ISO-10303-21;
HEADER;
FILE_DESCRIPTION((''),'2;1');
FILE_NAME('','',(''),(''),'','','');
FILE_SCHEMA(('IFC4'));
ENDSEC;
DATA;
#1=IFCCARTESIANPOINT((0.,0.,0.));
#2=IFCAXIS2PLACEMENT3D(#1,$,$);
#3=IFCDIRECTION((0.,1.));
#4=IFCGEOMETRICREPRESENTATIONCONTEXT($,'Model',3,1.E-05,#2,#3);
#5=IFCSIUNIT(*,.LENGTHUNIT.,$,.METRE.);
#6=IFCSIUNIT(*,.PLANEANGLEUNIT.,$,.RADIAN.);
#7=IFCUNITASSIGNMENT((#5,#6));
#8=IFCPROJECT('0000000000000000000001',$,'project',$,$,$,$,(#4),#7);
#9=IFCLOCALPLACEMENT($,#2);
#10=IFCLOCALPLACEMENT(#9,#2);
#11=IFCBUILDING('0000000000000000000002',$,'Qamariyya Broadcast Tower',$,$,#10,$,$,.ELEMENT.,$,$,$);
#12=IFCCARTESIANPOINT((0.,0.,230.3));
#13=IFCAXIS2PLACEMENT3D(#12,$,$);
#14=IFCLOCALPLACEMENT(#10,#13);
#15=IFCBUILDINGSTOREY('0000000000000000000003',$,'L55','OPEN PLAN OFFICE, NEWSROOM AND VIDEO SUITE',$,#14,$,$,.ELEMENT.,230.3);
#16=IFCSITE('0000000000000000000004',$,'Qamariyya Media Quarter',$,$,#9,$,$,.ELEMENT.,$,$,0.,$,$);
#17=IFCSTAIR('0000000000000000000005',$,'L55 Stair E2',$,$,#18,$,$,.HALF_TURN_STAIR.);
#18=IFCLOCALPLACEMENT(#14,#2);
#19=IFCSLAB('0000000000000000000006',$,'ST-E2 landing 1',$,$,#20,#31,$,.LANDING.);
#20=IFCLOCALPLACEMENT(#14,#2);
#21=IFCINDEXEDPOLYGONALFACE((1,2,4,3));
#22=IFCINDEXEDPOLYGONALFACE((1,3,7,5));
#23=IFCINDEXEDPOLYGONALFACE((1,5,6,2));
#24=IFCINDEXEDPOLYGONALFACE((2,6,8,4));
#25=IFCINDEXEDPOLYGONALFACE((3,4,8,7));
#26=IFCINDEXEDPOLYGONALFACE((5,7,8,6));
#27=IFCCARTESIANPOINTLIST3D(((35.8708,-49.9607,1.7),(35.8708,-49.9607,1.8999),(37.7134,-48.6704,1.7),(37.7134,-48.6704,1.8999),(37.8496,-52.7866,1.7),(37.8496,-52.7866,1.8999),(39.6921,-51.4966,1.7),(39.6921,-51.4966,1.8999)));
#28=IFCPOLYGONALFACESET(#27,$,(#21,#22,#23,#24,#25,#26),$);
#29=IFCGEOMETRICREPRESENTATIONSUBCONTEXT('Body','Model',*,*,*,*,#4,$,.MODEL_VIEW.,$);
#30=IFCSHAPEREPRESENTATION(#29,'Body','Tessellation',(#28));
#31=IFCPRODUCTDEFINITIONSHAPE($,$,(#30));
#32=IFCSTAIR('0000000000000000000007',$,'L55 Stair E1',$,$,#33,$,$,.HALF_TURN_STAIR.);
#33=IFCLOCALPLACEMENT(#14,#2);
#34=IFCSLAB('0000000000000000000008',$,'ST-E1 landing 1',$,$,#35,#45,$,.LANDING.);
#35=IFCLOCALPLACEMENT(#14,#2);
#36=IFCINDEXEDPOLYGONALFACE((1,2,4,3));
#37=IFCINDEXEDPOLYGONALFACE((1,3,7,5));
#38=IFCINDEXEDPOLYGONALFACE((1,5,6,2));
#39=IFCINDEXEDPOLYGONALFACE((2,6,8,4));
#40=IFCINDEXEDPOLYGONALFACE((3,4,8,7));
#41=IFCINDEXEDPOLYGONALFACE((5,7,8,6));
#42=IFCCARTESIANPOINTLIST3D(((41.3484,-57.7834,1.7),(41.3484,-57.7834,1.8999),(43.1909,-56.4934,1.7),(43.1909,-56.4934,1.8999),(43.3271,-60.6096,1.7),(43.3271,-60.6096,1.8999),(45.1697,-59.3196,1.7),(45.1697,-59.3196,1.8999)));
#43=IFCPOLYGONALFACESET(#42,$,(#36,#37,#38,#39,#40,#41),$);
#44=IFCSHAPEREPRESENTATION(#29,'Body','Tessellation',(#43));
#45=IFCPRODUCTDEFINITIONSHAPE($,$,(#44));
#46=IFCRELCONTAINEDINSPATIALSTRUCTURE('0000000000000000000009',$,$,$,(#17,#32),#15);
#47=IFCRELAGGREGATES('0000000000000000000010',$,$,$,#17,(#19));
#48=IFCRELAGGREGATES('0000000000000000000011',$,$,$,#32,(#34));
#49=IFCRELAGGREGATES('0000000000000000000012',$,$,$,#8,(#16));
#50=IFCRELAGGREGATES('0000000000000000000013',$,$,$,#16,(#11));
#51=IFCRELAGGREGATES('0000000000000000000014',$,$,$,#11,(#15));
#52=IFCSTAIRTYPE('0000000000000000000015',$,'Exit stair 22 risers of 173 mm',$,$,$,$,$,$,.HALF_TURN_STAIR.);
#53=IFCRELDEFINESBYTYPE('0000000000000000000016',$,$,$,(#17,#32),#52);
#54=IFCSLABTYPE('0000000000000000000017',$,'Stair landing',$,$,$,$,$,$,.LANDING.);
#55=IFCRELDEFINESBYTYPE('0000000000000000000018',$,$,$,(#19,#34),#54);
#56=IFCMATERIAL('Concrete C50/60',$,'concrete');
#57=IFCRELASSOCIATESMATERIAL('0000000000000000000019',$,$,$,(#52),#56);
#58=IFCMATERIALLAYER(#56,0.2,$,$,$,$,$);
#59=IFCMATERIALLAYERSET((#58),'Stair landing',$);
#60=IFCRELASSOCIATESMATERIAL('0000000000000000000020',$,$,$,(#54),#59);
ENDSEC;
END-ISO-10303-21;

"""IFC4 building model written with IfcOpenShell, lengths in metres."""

from ifc_helpers import new_model, si_unit, direction, frame, origin, place, context, subcontext, project, spatial, polyline, outline, extrude, material, layer, layer_set, type_object, element, aggregate, save


model = new_model("IFC4")

# Units and contexts
model_context = context("Model", 3, precision=1e-05, world=origin(), true_north=direction((0.0, 1.0)))
body_context = subcontext(model_context, "Body", "Model", "MODEL_VIEW")
ifc_project = project(units=[si_unit("LENGTHUNIT", "METRE"), si_unit("PLANEANGLEUNIT", "RADIAN")], contexts=[model_context])

# Site, building, storey
site_placement = place(None, origin())
building_placement = place(site_placement, origin())
storey_placement = place(building_placement, frame((0.0, 0.0, 230.3)))
site = spatial("IfcSite", under=ifc_project, at=site_placement, Name="Qamariyya Media Quarter", CompositionType="ELEMENT", RefElevation=0.0)
building = spatial("IfcBuilding", under=site, at=building_placement, Name="Qamariyya Broadcast Tower", CompositionType="ELEMENT")
storey = spatial("IfcBuildingStorey", under=building, at=storey_placement, Name="L55", Description="OPEN PLAN OFFICE, NEWSROOM AND VIDEO SUITE", CompositionType="ELEMENT", Elevation=230.3)

# Stairs, slabs
ifc_material_1 = material(Name="Concrete C50/60", Category="concrete")
stair_type = type_object("IfcStairType", Name="Exit stair 22 risers of 173 mm", PredefinedType="HALF_TURN_STAIR", material=ifc_material_1)
stair_1_placement = place(storey_placement, origin())
stair_1 = element("IfcStair", 1, at=stair_1_placement, inside=storey, type_object=stair_type, Name="L55 Stair E2", PredefinedType="HALF_TURN_STAIR")
ifc_layer_1 = layer(ifc_material_1, 0.2)
ifc_layer_set_1 = layer_set([ifc_layer_1], Name="Stair landing")
slab_type_1 = type_object("IfcSlabType", Name="Stair landing", PredefinedType="LANDING", material=ifc_layer_set_1)
slab_1_placement = place(storey_placement, frame((0.0, 0.0, 1.7)))
slab_1 = element("IfcSlab", 2, at=slab_1_placement, type_object=slab_type_1, Name="ST-E2 landing 1", PredefinedType="LANDING", context=body_context, shape_type="SweptSolid", body=[
    extrude(outline(polyline([(37.7134, -48.6704), (35.8708, -49.9607), (37.8496, -52.7866), (39.6921, -51.4966), (37.7134, -48.6704)])), origin(), (0.0, 0.0, 1.0), 0.2),
])
aggregate(stair_1, [slab_1])
stair_2_placement = place(storey_placement, origin())
stair_2 = element("IfcStair", 3, at=stair_2_placement, inside=storey, type_object=stair_type, Name="L55 Stair E1", PredefinedType="HALF_TURN_STAIR")
slab_2_placement = place(storey_placement, frame((0.0, 0.0, 1.7)))
slab_2 = element("IfcSlab", 4, at=slab_2_placement, type_object=slab_type_1, Name="ST-E1 landing 1", PredefinedType="LANDING", context=body_context, shape_type="SweptSolid", body=[
    extrude(outline(polyline([(43.1909, -56.4934), (41.3484, -57.7834), (43.3271, -60.6096), (45.1697, -59.3196), (43.1909, -56.4934)])), origin(), (0.0, 0.0, 1.0), 0.2),
])
aggregate(stair_2, [slab_2])

save(model, "model.ifc")
